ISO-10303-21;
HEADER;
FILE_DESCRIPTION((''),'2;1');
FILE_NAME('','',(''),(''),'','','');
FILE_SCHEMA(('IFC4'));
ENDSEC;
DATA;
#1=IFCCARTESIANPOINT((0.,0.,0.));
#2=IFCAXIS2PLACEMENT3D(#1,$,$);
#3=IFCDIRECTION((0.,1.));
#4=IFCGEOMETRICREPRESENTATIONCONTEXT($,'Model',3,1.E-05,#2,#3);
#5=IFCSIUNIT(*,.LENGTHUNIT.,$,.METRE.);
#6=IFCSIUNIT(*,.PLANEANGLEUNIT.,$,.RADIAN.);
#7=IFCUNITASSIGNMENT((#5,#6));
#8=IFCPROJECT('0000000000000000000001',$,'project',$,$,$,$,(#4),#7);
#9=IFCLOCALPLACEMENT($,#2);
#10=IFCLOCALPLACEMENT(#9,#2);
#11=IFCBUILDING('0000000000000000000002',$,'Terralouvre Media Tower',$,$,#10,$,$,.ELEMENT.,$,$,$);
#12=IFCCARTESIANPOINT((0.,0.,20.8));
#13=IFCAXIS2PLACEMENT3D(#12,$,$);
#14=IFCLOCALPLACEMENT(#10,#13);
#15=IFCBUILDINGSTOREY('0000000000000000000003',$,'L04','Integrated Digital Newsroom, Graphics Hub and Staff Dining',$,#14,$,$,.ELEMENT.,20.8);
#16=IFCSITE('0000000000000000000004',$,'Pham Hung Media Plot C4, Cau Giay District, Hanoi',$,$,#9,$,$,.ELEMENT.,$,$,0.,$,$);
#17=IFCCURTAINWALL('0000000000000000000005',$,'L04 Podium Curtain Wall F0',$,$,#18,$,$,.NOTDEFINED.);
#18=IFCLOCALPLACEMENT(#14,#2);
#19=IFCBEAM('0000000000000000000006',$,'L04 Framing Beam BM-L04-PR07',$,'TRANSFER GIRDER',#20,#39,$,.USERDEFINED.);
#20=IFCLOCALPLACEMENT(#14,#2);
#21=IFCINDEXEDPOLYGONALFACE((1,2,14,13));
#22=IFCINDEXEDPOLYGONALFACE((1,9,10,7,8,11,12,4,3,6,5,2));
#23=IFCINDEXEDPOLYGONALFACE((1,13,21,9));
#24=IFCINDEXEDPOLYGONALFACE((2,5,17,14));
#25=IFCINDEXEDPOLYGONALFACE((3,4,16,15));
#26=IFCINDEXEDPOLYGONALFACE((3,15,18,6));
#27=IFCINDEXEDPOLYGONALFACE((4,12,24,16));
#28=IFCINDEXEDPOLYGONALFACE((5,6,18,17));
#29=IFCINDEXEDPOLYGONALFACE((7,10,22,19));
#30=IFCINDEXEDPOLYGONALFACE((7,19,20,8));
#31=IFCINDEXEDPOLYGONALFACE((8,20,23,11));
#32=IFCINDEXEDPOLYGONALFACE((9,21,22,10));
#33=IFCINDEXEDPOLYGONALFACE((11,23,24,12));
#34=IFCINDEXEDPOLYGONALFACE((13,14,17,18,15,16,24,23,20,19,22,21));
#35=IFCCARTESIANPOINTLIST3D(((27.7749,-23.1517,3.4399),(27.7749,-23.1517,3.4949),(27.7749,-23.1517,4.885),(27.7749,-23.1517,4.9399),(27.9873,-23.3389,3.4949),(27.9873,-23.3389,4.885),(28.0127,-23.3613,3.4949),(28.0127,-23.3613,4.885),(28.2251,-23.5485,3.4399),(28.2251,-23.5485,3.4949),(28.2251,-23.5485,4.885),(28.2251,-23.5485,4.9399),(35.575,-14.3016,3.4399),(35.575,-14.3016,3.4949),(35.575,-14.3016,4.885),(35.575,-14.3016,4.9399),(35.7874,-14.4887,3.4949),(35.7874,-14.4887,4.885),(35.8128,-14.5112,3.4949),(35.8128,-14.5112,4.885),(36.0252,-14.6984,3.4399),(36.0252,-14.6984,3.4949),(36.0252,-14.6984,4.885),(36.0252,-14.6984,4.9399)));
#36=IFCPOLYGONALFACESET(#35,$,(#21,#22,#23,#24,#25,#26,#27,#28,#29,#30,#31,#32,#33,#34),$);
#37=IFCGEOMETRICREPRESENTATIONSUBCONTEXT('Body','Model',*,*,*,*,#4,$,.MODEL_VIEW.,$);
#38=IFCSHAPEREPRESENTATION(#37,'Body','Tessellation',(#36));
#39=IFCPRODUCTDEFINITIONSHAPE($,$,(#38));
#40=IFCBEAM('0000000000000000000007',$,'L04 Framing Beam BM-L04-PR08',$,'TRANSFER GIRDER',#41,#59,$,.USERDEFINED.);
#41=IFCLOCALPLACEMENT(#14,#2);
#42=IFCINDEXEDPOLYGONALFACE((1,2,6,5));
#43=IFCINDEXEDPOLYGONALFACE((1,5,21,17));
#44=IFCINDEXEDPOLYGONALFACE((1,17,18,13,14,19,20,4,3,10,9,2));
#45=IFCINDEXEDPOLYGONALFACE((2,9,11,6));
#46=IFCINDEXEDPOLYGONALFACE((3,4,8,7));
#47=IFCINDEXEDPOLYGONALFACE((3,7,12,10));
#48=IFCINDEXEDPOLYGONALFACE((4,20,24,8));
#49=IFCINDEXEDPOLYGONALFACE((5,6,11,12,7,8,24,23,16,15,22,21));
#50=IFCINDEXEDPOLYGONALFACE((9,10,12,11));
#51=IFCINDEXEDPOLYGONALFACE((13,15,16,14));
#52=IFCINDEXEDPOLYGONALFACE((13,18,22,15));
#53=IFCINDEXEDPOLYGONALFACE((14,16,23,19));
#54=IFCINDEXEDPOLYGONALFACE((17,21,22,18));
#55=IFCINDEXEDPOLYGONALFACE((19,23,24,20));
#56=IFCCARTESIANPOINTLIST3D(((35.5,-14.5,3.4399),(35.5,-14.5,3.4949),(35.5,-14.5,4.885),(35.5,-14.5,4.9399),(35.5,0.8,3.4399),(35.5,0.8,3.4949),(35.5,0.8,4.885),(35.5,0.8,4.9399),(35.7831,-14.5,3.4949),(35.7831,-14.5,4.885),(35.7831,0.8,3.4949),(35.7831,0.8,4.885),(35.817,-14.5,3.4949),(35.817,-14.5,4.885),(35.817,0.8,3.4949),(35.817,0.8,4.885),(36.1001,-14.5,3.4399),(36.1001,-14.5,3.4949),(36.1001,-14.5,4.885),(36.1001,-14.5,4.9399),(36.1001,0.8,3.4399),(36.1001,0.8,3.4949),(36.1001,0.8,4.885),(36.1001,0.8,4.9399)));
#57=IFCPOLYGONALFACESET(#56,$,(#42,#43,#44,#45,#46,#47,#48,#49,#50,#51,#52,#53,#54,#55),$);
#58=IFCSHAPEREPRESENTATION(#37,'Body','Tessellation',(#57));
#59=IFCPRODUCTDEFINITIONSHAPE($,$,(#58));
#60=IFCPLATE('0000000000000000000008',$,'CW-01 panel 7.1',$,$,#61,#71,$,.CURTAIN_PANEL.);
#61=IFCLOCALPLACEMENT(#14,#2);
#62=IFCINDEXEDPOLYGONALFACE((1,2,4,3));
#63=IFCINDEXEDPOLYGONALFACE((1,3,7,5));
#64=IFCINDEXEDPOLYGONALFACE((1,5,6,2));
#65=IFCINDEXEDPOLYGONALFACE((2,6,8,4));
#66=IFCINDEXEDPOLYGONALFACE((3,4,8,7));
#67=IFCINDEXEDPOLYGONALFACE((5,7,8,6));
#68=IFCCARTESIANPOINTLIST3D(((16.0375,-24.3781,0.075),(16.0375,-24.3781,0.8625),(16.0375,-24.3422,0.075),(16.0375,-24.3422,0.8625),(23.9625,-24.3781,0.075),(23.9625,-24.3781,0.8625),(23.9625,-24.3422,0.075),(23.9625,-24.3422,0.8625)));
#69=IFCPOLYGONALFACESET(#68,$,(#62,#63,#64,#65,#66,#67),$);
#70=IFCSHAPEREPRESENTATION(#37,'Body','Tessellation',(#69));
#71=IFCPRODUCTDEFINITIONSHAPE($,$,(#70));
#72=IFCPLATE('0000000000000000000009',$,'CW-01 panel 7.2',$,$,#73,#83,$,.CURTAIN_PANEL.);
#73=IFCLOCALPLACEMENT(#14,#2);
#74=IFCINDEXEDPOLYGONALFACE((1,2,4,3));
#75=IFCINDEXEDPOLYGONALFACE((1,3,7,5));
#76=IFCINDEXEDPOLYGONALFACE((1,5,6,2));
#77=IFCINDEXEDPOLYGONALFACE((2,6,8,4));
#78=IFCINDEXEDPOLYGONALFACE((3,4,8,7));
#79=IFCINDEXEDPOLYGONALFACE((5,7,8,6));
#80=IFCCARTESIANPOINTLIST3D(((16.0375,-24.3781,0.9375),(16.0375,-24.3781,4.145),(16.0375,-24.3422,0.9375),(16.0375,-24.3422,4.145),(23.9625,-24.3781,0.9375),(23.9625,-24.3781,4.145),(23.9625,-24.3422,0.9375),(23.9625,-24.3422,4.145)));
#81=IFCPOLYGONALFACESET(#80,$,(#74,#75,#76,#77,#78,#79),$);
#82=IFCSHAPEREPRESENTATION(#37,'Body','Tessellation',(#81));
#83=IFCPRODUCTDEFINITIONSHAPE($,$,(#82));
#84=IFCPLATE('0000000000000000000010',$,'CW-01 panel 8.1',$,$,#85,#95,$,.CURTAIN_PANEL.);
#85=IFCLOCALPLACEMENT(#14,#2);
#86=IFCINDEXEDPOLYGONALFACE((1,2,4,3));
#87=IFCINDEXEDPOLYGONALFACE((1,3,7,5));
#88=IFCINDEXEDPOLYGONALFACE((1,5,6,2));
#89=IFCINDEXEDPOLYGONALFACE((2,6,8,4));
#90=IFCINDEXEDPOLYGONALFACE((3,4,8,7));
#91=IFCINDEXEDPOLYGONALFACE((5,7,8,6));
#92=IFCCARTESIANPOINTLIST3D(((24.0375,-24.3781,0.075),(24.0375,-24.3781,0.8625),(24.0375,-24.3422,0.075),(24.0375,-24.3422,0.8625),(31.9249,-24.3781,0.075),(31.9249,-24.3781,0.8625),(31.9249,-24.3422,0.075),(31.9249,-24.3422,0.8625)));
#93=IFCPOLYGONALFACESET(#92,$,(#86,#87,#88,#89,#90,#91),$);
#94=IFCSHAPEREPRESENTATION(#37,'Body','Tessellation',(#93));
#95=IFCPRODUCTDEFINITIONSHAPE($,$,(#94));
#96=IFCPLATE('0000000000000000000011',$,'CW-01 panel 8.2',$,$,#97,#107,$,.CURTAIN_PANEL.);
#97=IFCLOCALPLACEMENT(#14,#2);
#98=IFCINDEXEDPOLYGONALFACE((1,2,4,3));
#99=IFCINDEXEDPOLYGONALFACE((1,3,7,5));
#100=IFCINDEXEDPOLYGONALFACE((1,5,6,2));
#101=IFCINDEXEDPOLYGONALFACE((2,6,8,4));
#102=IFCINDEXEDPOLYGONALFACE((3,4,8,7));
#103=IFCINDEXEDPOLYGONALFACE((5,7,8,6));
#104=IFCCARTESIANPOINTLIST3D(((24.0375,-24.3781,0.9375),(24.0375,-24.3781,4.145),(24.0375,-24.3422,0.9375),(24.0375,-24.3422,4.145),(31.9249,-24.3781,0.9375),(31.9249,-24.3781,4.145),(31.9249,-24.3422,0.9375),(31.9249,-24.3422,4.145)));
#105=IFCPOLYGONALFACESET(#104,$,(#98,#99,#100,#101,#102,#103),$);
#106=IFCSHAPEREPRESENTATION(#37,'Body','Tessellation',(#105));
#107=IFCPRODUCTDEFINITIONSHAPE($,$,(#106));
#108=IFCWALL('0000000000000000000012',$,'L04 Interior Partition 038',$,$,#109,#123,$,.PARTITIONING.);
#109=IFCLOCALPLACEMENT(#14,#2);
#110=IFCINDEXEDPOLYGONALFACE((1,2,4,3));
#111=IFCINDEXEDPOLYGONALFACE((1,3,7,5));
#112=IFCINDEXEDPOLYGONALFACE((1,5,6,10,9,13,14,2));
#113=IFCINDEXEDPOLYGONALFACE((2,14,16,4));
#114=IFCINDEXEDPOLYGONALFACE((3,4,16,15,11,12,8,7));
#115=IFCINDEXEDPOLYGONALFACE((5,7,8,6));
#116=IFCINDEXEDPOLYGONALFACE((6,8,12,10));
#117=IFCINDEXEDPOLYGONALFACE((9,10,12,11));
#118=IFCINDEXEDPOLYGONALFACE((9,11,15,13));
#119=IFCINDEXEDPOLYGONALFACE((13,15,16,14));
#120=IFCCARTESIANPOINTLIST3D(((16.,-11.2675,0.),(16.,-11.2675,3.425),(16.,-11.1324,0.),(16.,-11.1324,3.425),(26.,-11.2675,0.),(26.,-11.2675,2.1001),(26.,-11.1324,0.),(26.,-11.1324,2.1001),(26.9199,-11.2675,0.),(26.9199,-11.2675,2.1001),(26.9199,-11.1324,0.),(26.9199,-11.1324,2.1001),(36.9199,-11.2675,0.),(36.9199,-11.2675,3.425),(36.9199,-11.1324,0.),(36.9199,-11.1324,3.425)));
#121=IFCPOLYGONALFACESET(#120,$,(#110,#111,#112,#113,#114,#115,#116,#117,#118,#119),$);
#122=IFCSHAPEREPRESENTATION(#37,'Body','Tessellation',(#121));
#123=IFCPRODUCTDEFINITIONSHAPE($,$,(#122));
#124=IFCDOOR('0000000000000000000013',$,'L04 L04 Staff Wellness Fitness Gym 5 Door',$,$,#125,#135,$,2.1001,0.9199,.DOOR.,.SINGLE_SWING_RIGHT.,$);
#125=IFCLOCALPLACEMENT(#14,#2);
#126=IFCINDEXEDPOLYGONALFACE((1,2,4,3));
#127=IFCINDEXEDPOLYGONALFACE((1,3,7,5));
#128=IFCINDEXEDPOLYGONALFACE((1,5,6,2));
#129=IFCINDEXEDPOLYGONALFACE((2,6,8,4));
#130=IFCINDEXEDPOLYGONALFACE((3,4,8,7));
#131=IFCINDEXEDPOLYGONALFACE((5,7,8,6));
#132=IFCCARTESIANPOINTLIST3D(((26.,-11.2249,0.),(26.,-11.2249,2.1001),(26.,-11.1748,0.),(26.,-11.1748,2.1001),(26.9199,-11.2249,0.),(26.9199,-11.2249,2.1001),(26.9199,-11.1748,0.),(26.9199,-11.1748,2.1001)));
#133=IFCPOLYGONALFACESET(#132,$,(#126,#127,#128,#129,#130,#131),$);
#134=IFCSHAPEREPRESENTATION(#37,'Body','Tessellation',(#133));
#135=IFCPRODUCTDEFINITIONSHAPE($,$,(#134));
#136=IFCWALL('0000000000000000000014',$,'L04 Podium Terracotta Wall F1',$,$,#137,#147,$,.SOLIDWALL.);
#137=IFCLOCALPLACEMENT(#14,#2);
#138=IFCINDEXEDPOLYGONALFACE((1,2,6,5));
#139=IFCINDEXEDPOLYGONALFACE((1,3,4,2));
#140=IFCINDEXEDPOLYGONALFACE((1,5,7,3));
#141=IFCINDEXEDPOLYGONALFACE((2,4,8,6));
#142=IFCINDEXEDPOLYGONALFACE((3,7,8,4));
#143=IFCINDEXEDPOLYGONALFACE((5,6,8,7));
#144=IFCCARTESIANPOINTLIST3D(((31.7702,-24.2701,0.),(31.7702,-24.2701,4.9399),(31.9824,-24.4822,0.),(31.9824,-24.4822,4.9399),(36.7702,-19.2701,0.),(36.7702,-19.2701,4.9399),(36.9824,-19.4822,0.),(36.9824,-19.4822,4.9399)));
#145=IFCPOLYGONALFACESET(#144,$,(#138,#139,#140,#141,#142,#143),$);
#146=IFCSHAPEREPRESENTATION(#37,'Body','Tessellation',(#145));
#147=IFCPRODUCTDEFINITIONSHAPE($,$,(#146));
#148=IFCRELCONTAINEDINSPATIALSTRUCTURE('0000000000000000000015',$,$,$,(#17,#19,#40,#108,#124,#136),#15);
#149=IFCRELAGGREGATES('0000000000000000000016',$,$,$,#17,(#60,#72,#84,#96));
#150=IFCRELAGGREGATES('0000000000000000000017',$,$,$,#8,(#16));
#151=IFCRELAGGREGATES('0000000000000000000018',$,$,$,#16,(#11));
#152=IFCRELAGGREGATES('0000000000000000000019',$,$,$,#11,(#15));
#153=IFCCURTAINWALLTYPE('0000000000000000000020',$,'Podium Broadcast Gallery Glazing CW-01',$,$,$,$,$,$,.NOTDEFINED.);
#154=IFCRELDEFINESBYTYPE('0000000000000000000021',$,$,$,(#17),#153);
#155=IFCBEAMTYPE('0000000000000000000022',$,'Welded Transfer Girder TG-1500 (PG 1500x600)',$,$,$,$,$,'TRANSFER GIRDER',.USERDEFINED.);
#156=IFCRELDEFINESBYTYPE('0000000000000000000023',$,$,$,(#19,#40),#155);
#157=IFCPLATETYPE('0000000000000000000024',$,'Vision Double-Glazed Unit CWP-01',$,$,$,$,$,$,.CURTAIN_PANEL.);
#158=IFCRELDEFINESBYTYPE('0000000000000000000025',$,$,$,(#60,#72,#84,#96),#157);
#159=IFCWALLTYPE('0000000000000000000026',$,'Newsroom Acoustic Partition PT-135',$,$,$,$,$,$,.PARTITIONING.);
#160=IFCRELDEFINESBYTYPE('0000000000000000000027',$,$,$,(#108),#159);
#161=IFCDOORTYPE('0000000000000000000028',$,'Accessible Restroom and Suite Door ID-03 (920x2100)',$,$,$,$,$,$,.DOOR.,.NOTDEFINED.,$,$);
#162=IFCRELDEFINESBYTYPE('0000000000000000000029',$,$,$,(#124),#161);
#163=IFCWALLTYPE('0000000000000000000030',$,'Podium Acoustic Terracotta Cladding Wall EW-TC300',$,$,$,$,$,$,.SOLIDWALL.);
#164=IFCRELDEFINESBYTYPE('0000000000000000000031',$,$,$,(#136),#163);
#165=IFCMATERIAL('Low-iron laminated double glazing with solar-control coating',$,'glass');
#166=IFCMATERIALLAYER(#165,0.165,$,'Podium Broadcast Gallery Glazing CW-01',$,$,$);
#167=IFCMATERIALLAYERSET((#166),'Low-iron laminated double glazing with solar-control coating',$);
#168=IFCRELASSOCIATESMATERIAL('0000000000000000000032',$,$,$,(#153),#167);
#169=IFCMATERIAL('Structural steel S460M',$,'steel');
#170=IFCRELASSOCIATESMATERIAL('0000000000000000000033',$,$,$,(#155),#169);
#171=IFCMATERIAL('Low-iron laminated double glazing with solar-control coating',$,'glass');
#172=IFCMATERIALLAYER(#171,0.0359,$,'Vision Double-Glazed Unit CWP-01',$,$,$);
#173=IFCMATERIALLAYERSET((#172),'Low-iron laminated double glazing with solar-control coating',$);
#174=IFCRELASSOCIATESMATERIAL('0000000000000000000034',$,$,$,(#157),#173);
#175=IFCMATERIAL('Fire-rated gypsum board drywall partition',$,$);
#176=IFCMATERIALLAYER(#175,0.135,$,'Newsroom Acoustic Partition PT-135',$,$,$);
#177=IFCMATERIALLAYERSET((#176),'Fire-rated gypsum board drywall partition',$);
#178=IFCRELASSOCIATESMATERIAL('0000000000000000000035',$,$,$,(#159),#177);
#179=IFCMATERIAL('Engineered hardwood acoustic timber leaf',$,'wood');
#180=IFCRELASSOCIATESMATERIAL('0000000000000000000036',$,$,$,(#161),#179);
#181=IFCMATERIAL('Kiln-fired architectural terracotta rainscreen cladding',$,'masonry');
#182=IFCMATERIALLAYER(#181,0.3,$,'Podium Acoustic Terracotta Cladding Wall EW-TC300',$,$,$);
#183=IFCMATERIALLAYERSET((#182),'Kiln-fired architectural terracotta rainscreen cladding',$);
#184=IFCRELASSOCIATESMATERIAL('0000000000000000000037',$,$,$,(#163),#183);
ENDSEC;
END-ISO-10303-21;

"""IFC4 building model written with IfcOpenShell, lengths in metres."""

from ifc_helpers import new_model, si_unit, direction, frame, frame_2d, origin, origin_2d, place, context, subcontext, project, spatial, rectangle, i_section, extrude, material, layer, layer_set, material_profile, profile_set, type_object, element, fill, aggregate, save


model = new_model("IFC4")

# Units and contexts
model_context = context("Model", 3, precision=1e-05, world=origin(), true_north=direction((0.0, 1.0)))
body_context = subcontext(model_context, "Body", "Model", "MODEL_VIEW")
ifc_project = project(units=[si_unit("LENGTHUNIT", "METRE"), si_unit("PLANEANGLEUNIT", "RADIAN")], contexts=[model_context])

# Site, building, storey
site_placement = place(None, origin())
site = spatial("IfcSite", under=ifc_project, at=site_placement, Name="Pham Hung Media Plot C4, Cau Giay District, Hanoi", CompositionType="ELEMENT", RefElevation=0.0)
building_placement = place(site_placement, origin())
building = spatial("IfcBuilding", under=site, at=building_placement, Name="Terralouvre Media Tower", CompositionType="ELEMENT")
storey_placement = place(building_placement, frame((0.0, 0.0, 20.8)))
storey = spatial("IfcBuildingStorey", under=building, at=storey_placement, Name="L04", Description="Integrated Digital Newsroom, Graphics Hub and Staff Dining", CompositionType="ELEMENT", Elevation=20.8)

# Curtain wall
ifc_material_1 = material(Name="Low-iron laminated double glazing with solar-control coating", Category="glass")
ifc_layer_1 = layer(ifc_material_1, 0.165, Name="Podium Broadcast Gallery Glazing CW-01")
ifc_layer_set_1 = layer_set([ifc_layer_1], Name="Low-iron laminated double glazing with solar-control coating")
curtain_wall_type = type_object("IfcCurtainWallType", Name="Podium Broadcast Gallery Glazing CW-01", PredefinedType="NOTDEFINED", material=ifc_layer_set_1)
curtain_wall_placement = place(storey_placement, origin())
curtain_wall = element("IfcCurtainWall", 1, at=curtain_wall_placement, inside=storey, type_object=curtain_wall_type, Name="L04 Podium Curtain Wall F0", PredefinedType="NOTDEFINED")

# Beams
ifc_material_2 = material(Name="Structural steel S460M", Category="steel")
ifc_material_profile_1 = material_profile(ifc_material_2, i_section(OverallWidth=0.6001, OverallDepth=1.5, WebThickness=0.0339, FlangeThickness=0.0549, at=origin_2d()), Name="PG 1500x600")
ifc_profile_set_1 = profile_set([ifc_material_profile_1], Name="Structural steel S460M")
beam_type_1 = type_object("IfcBeamType", Name="Welded Transfer Girder TG-1500 (PG 1500x600)", ElementType="TRANSFER GIRDER", PredefinedType="USERDEFINED", material=ifc_profile_set_1)
beam_1_placement = place(storey_placement, frame((28.0, -23.3501, 4.1899), z_axis=(0.661199, 0.75021, 0.0), x_axis=(-0.75021, 0.661199, 0.0)))
element("IfcBeam", 2, at=beam_1_placement, inside=storey, type_object=beam_type_1, Name="L04 Framing Beam BM-L04-PR07", ObjectType="TRANSFER GIRDER", PredefinedType="USERDEFINED", context=body_context, shape_type="SweptSolid", body=[
    extrude(i_section(OverallWidth=0.6001, OverallDepth=1.5, WebThickness=0.0339, FlangeThickness=0.0549, at=origin_2d()), origin(), (0.0, 0.0, 1.0), 11.7969),
])
beam_2_placement = place(storey_placement, frame((35.8, -14.5, 4.1899), z_axis=(0.0, 1.0, 0.0), x_axis=(-1.0, 0.0, 0.0)))
element("IfcBeam", 3, at=beam_2_placement, inside=storey, type_object=beam_type_1, Name="L04 Framing Beam BM-L04-PR08", ObjectType="TRANSFER GIRDER", PredefinedType="USERDEFINED", context=body_context, shape_type="SweptSolid", body=[
    extrude(i_section(OverallWidth=0.6001, OverallDepth=1.5, WebThickness=0.0339, FlangeThickness=0.0549, at=origin_2d()), origin(), (0.0, 0.0, 1.0), 15.3),
])

# Plates
ifc_material_3 = material(Name="Low-iron laminated double glazing with solar-control coating", Category="glass")
ifc_layer_2 = layer(ifc_material_3, 0.0359, Name="Vision Double-Glazed Unit CWP-01")
ifc_layer_set_2 = layer_set([ifc_layer_2], Name="Low-iron laminated double glazing with solar-control coating")
plate_type = type_object("IfcPlateType", Name="Vision Double-Glazed Unit CWP-01", PredefinedType="CURTAIN_PANEL", material=ifc_layer_set_2)
plate_1_placement = place(storey_placement, frame((20.0, -24.3601, 0.075), z_axis=(0.0, 0.0, 1.0), x_axis=(1.0, 0.0, 0.0)))
plate_1 = element("IfcPlate", 4, at=plate_1_placement, type_object=plate_type, Name="CW-01 panel 7.1", PredefinedType="CURTAIN_PANEL", context=body_context, shape_type="SweptSolid", body=[
    extrude(rectangle(XDim=7.925, YDim=0.0359, at=origin_2d()), origin(), (0.0, 0.0, 1.0), 0.7876),
])
plate_2_placement = place(storey_placement, frame((20.0, -24.3601, 0.9375), z_axis=(0.0, 0.0, 1.0), x_axis=(1.0, 0.0, 0.0)))
plate_2 = element("IfcPlate", 5, at=plate_2_placement, type_object=plate_type, Name="CW-01 panel 7.2", PredefinedType="CURTAIN_PANEL", context=body_context, shape_type="SweptSolid", body=[
    extrude(rectangle(XDim=7.925, YDim=0.0359, at=origin_2d()), origin(), (0.0, 0.0, 1.0), 3.2075),
])
plate_3_placement = place(storey_placement, frame((27.9812, -24.3601, 0.075), z_axis=(0.0, 0.0, 1.0), x_axis=(1.0, 0.0, 0.0)))
plate_3 = element("IfcPlate", 6, at=plate_3_placement, type_object=plate_type, Name="CW-01 panel 8.1", PredefinedType="CURTAIN_PANEL", context=body_context, shape_type="SweptSolid", body=[
    extrude(rectangle(XDim=7.8875, YDim=0.0359, at=origin_2d()), origin(), (0.0, 0.0, 1.0), 0.7876),
])
plate_4_placement = place(storey_placement, frame((27.9812, -24.3601, 0.9375), z_axis=(0.0, 0.0, 1.0), x_axis=(1.0, 0.0, 0.0)))
plate_4 = element("IfcPlate", 7, at=plate_4_placement, type_object=plate_type, Name="CW-01 panel 8.2", PredefinedType="CURTAIN_PANEL", context=body_context, shape_type="SweptSolid", body=[
    extrude(rectangle(XDim=7.8875, YDim=0.0359, at=origin_2d()), origin(), (0.0, 0.0, 1.0), 3.2075),
])
aggregate(curtain_wall, [plate_1, plate_2, plate_3, plate_4])

# Wall, opening, door
ifc_material_4 = material(Name="Fire-rated gypsum board drywall partition")
ifc_layer_3 = layer(ifc_material_4, 0.135, Name="Newsroom Acoustic Partition PT-135")
ifc_layer_set_3 = layer_set([ifc_layer_3], Name="Fire-rated gypsum board drywall partition")
wall_type_1 = type_object("IfcWallType", Name="Newsroom Acoustic Partition PT-135", PredefinedType="PARTITIONING", material=ifc_layer_set_3)
wall_1_placement = place(storey_placement, frame((36.9199, -11.2, 0.0), z_axis=(0.0, 0.0, 1.0), x_axis=(-1.0, 0.0, 0.0)))
wall_1 = element("IfcWall", 8, at=wall_1_placement, inside=storey, type_object=wall_type_1, Name="L04 Interior Partition 038", PredefinedType="PARTITIONING", context=body_context, shape_type="SweptSolid", body=[
    extrude(rectangle(XDim=20.9199, YDim=0.135, at=frame_2d((10.46, 0.0))), origin(), (0.0, 0.0, 1.0), 3.425),
])
opening_1_placement = place(wall_1_placement, frame((10.0, 0.0, 0.0)))
opening_1 = element("IfcOpeningElement", 9, at=opening_1_placement, cuts=wall_1, PredefinedType="OPENING", context=body_context, shape_type="SweptSolid", body=[
    extrude(rectangle(XDim=0.9199, YDim=2.1001, at=frame_2d((0.46, 1.05))), frame((0.0, 0.0774, 0.0), z_axis=(0.0, -1.0, 0.0), x_axis=(1.0, 0.0, 0.0)), (0.0, 0.0, 1.0), 0.155),
])
ifc_material_5 = material(Name="Engineered hardwood acoustic timber leaf", Category="wood")
door_type = type_object("IfcDoorType", Name="Accessible Restroom and Suite Door ID-03 (920x2100)", OperationType="NOTDEFINED", PredefinedType="DOOR", material=ifc_material_5)
door_placement = place(opening_1_placement, origin())
door = element("IfcDoor", 10, at=door_placement, inside=storey, type_object=door_type, Name="L04 L04 Staff Wellness Fitness Gym 5 Door", OperationType="SINGLE_SWING_RIGHT", OverallHeight=2.1001, OverallWidth=0.9199, PredefinedType="DOOR", context=body_context, shape_type="SweptSolid", body=[
    extrude(rectangle(XDim=0.9199, YDim=2.1001, at=frame_2d((0.46, 1.05))), frame((0.0, 0.0249, 0.0), z_axis=(0.0, -1.0, 0.0), x_axis=(1.0, 0.0, 0.0)), (0.0, 0.0, 1.0), 0.05),
])
fill(opening_1, door)

# Wall
ifc_material_6 = material(Name="Kiln-fired architectural terracotta rainscreen cladding", Category="masonry")
ifc_layer_4 = layer(ifc_material_6, 0.3, Name="Podium Acoustic Terracotta Cladding Wall EW-TC300")
ifc_layer_set_4 = layer_set([ifc_layer_4], Name="Kiln-fired architectural terracotta rainscreen cladding")
wall_type_2 = type_object("IfcWallType", Name="Podium Acoustic Terracotta Cladding Wall EW-TC300", PredefinedType="SOLIDWALL", material=ifc_layer_set_4)
wall_2_placement = place(storey_placement, frame((31.8762, -24.3762, 0.0), z_axis=(0.0, 0.0, 1.0), x_axis=(0.707107, 0.707107, 0.0)))
element("IfcWall", 11, at=wall_2_placement, inside=storey, type_object=wall_type_2, Name="L04 Podium Terracotta Wall F1", PredefinedType="SOLIDWALL", context=body_context, shape_type="SweptSolid", body=[
    extrude(rectangle(XDim=7.071, YDim=0.3, at=frame_2d((3.5356, 0.0))), origin(), (0.0, 0.0, 1.0), 4.9399),
])

save(model, "model.ifc")
